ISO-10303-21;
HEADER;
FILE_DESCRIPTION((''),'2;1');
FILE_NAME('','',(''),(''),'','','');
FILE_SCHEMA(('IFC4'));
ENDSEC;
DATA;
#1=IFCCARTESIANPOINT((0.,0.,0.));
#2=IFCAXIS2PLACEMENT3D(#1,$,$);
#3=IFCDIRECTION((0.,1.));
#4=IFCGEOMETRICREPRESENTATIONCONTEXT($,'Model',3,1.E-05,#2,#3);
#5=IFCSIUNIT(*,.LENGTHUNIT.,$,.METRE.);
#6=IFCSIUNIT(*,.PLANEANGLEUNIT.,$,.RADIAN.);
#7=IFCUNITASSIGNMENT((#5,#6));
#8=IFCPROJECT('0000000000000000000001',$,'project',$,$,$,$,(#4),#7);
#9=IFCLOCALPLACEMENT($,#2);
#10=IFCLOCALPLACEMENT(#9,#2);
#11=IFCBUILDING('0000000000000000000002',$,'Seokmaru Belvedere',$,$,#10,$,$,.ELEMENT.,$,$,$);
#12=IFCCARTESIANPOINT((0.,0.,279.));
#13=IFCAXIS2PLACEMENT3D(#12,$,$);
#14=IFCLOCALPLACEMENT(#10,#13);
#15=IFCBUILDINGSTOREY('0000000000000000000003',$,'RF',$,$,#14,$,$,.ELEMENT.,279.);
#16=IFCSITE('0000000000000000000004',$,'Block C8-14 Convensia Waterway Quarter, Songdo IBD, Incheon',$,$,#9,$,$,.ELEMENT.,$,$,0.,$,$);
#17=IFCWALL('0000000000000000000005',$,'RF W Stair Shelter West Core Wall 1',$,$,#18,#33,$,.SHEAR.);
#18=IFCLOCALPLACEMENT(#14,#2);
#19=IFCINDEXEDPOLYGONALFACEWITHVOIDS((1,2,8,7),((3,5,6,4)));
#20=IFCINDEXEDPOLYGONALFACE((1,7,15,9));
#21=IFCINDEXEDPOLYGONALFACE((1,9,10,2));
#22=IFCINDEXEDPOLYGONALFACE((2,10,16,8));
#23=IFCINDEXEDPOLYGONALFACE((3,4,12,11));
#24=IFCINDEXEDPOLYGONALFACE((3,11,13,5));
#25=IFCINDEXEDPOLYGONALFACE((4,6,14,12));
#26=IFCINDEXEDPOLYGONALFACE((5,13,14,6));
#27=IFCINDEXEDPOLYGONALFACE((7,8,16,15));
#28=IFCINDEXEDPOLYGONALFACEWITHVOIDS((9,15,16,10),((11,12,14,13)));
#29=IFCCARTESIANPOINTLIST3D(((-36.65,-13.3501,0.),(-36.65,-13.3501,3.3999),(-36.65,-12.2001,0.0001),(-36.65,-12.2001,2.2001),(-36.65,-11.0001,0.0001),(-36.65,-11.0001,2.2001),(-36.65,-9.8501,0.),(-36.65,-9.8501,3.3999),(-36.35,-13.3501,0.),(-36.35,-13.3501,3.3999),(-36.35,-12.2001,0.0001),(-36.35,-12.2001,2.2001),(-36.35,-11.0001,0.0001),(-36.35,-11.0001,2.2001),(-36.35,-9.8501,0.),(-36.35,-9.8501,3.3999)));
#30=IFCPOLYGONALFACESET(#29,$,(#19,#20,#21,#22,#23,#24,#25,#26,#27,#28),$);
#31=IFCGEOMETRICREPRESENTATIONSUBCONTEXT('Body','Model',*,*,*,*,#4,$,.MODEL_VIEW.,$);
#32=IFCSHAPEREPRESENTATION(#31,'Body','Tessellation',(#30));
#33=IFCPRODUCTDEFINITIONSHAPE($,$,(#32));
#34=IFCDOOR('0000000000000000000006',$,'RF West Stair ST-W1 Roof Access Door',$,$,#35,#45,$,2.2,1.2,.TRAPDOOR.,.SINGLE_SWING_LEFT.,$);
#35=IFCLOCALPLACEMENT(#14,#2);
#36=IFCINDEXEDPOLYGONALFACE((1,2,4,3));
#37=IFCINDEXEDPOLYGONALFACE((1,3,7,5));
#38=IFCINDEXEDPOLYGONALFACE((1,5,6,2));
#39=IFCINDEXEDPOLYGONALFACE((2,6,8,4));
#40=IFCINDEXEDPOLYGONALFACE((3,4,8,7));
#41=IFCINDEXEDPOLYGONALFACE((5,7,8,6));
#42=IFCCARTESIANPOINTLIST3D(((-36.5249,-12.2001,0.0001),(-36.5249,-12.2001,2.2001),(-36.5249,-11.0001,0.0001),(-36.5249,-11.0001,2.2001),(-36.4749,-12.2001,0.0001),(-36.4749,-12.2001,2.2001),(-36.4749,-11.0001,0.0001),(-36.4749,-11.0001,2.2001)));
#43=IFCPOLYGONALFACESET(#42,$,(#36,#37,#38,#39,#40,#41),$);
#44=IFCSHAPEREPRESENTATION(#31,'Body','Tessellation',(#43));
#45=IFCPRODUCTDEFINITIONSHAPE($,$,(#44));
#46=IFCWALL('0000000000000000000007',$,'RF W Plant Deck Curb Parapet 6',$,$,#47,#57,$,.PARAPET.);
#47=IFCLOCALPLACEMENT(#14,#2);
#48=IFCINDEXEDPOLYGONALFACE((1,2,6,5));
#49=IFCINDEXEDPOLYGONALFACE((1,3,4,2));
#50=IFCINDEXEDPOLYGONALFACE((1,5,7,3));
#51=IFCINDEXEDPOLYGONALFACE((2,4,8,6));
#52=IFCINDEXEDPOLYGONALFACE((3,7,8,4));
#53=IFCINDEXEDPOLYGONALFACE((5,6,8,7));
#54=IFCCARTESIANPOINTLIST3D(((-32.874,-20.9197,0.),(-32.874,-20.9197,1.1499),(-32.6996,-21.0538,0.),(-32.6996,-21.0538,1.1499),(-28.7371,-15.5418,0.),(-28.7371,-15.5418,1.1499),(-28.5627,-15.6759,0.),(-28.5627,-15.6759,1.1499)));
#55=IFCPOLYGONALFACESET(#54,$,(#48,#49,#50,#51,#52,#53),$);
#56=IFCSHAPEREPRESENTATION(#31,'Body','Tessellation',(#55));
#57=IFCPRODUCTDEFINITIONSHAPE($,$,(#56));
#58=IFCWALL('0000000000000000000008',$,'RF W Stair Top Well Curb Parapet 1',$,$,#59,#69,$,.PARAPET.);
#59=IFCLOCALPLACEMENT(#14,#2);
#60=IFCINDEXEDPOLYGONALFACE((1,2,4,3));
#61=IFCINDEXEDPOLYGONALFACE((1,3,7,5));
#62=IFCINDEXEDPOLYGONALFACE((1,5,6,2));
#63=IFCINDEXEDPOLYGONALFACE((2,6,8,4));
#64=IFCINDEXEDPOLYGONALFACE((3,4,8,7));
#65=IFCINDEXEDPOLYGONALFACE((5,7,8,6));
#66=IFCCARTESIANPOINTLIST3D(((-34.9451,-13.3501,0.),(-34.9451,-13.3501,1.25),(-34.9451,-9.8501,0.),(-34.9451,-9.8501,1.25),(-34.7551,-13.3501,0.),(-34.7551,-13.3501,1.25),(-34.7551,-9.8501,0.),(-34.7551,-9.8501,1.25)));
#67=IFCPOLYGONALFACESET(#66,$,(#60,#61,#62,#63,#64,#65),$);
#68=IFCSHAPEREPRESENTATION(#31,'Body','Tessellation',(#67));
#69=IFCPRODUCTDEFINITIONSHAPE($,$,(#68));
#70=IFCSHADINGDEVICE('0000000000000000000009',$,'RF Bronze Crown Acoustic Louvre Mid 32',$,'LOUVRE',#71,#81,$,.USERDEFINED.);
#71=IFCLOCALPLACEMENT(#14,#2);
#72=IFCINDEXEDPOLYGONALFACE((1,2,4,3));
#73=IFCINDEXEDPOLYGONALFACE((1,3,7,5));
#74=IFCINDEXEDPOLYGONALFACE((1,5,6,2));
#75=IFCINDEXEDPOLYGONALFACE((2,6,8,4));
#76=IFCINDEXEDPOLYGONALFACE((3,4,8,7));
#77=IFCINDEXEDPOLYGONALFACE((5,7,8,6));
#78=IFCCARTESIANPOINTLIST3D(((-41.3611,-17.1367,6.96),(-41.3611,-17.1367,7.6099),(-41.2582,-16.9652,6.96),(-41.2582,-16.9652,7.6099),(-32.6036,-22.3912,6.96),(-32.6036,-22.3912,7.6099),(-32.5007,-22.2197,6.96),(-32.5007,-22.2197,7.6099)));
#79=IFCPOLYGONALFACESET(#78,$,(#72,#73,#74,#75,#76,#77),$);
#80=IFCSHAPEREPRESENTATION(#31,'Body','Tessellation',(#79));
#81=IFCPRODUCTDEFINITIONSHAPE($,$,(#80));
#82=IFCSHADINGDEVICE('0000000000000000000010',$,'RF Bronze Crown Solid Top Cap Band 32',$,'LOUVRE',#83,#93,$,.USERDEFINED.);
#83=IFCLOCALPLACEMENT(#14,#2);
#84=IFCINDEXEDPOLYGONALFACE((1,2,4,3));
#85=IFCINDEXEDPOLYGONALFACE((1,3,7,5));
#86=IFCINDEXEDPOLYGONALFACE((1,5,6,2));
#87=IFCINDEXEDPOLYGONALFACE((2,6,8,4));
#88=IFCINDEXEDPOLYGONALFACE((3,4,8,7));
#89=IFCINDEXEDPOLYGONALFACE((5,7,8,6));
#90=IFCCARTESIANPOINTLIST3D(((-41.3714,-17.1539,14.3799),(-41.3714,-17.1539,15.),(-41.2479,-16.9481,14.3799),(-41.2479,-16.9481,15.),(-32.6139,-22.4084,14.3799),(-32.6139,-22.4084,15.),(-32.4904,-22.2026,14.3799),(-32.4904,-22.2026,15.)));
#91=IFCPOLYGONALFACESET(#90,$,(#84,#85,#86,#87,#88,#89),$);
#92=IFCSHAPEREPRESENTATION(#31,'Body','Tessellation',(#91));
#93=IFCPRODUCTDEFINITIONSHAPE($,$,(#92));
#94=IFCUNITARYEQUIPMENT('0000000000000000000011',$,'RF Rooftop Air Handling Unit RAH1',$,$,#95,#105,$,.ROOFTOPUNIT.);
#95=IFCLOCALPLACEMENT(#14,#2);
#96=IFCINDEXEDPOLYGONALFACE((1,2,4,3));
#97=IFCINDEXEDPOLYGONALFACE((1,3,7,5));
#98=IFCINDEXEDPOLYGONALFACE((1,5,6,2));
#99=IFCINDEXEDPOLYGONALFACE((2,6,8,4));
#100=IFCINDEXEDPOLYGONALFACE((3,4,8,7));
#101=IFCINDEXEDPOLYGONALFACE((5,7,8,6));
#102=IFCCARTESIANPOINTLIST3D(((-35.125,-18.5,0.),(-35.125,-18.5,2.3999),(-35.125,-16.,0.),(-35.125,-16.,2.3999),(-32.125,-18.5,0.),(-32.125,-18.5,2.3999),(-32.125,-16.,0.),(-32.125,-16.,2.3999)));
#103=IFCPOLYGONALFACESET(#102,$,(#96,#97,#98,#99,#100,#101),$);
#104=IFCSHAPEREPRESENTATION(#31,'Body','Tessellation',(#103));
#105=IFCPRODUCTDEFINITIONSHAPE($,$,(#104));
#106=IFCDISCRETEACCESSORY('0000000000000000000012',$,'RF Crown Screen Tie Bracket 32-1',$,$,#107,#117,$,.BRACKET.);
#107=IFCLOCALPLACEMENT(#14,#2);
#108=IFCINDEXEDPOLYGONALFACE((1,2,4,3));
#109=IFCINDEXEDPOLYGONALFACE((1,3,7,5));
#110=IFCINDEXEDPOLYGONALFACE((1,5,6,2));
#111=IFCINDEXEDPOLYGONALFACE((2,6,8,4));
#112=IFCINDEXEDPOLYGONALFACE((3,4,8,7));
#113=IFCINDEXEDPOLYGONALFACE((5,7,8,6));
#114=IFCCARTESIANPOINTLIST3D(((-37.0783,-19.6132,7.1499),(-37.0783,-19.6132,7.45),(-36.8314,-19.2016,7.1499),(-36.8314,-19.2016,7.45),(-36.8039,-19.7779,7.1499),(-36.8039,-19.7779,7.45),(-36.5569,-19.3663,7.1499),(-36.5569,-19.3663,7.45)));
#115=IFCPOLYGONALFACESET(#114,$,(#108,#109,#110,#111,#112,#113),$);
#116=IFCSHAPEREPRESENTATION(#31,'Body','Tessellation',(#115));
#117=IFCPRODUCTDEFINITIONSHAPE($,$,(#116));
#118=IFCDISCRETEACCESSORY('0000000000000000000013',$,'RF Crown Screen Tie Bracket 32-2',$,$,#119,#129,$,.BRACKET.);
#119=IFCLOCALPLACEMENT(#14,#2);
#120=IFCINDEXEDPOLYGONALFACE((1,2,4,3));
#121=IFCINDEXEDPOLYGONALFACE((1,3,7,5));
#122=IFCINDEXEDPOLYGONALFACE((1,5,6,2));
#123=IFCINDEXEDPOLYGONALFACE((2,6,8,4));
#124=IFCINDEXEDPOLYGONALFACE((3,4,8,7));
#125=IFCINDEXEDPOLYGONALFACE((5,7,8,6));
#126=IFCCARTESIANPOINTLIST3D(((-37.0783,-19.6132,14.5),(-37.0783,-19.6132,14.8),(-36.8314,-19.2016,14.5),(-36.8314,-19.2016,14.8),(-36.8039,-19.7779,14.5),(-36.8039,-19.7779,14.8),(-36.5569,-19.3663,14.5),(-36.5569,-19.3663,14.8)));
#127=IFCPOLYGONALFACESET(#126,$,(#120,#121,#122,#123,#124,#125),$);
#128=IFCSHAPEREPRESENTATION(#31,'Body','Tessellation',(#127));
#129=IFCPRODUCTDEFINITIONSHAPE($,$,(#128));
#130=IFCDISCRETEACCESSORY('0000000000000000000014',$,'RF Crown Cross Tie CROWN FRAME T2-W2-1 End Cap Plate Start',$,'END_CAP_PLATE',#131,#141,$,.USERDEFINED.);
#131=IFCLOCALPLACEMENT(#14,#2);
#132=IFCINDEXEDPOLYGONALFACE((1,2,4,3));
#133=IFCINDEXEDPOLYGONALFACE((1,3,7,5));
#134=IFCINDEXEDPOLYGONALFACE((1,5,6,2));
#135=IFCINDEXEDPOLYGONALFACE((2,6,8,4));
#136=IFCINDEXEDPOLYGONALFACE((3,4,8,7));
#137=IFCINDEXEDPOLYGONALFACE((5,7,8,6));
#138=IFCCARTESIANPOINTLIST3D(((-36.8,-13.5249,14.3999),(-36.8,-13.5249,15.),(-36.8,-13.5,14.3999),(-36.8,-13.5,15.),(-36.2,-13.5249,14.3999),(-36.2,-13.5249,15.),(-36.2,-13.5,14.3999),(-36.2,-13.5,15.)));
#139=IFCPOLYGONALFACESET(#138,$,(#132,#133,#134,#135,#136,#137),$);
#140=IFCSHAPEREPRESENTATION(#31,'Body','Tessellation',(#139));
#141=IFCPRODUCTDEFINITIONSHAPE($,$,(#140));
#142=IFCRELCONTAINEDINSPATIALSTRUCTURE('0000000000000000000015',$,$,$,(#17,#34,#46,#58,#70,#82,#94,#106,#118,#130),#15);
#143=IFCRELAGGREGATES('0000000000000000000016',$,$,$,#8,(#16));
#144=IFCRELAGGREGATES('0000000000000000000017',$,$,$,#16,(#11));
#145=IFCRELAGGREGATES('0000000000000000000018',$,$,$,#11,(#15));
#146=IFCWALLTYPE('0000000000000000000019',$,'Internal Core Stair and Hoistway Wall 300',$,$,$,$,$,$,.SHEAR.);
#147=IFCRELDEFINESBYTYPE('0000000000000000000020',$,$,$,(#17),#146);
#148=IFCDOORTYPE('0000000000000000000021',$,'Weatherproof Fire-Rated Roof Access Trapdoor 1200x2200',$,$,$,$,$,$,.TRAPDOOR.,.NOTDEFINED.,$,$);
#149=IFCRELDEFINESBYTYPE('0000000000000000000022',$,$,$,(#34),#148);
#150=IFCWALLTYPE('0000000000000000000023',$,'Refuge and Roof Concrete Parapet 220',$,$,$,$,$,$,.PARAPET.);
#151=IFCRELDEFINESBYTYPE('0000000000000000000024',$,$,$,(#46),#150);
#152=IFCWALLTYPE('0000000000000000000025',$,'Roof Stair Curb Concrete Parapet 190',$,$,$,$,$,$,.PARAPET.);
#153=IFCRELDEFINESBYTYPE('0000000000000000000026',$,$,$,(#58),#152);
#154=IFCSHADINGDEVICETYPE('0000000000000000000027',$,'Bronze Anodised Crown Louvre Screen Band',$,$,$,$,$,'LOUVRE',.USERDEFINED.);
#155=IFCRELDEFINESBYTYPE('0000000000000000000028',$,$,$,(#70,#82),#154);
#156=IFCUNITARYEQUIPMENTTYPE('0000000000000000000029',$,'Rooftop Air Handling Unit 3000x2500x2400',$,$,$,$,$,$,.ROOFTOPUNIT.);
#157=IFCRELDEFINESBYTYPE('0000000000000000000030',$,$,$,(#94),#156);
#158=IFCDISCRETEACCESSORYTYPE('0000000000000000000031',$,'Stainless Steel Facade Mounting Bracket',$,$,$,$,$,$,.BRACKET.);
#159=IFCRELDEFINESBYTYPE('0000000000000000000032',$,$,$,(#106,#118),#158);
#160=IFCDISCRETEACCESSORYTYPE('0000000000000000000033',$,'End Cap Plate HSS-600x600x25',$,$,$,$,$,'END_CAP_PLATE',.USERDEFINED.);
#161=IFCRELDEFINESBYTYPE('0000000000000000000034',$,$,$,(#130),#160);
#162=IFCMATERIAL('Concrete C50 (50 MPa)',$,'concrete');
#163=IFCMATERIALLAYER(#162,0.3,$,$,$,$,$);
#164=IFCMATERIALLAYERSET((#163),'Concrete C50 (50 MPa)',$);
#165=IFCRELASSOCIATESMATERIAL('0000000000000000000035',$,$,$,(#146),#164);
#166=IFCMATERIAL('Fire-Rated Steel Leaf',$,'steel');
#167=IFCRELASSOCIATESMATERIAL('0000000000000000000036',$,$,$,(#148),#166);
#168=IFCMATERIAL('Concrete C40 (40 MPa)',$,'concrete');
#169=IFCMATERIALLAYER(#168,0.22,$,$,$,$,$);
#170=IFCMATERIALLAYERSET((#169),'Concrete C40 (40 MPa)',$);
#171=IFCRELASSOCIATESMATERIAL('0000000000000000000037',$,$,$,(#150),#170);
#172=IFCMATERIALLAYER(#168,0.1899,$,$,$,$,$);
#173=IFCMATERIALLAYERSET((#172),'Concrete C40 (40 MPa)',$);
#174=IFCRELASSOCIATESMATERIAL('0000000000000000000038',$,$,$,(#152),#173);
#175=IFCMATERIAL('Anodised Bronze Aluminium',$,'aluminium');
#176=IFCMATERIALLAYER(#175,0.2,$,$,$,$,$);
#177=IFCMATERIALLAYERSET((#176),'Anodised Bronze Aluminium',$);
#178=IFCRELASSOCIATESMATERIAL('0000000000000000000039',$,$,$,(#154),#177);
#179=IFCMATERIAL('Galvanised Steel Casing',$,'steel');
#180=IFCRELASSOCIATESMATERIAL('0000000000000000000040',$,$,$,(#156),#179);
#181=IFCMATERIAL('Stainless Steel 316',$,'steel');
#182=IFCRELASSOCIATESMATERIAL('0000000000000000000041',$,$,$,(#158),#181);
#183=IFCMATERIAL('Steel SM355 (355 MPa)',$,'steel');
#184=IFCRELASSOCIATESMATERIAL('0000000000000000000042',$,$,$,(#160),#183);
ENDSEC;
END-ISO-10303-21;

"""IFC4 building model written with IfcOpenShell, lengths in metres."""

from ifc_helpers import new_model, si_unit, direction, frame, frame_2d, origin, origin_2d, place, context, subcontext, project, spatial, rectangle, extrude, source, transform, mapped, material, layer, layer_set, type_object, type_shapes, element, fill, save


model = new_model("IFC4")

# Units and contexts
model_context = context("Model", 3, precision=1e-05, world=origin(), true_north=direction((0.0, 1.0)))
body_context = subcontext(model_context, "Body", "Model", "MODEL_VIEW")
ifc_project = project(units=[si_unit("LENGTHUNIT", "METRE"), si_unit("PLANEANGLEUNIT", "RADIAN")], contexts=[model_context])

# Site, building, storey
site_placement = place(None, origin())
site = spatial("IfcSite", under=ifc_project, at=site_placement, Name="Block C8-14 Convensia Waterway Quarter, Songdo IBD, Incheon", CompositionType="ELEMENT", RefElevation=0.0)
building_placement = place(site_placement, origin())
building = spatial("IfcBuilding", under=site, at=building_placement, Name="Seokmaru Belvedere", CompositionType="ELEMENT")
storey_placement = place(building_placement, frame((0.0, 0.0, 279.0)))
storey = spatial("IfcBuildingStorey", under=building, at=storey_placement, Name="RF", CompositionType="ELEMENT", Elevation=279.0)

# Shared definitions
ifc_material_1 = material(Name="Steel SM355 (355 MPa)", Category="steel")

# Shared definitions
ifc_material_2 = material(Name="Concrete C50 (50 MPa)", Category="concrete")
ifc_layer_1 = layer(ifc_material_2, 0.3)
ifc_layer_set_1 = layer_set([ifc_layer_1], Name="Concrete C50 (50 MPa)")
wall_type_1 = type_object("IfcWallType", Name="Internal Core Stair and Hoistway Wall 300", PredefinedType="SHEAR", material=ifc_layer_set_1)

# Wall, opening, door
wall_1_placement = place(storey_placement, frame((-36.5, -13.3501, 0.0), z_axis=(0.0, 0.0, 1.0), x_axis=(0.0, 1.0, 0.0)))
wall_1 = element("IfcWall", 1, at=wall_1_placement, inside=storey, type_object=wall_type_1, Name="RF W Stair Shelter West Core Wall 1", PredefinedType="SHEAR", context=body_context, shape_type="SweptSolid", body=[
    extrude(rectangle(XDim=3.5, YDim=0.3, at=frame_2d((1.75, 0.0))), origin(), (0.0, 0.0, 1.0), 3.3999),
])
opening_placement = place(wall_1_placement, frame((1.1499, 0.0, 0.0)))
opening = element("IfcOpeningElement", 2, at=opening_placement, cuts=wall_1, PredefinedType="OPENING", context=body_context, shape_type="SweptSolid", body=[
    extrude(rectangle(XDim=1.2, YDim=2.2, at=frame_2d((0.6001, 1.1001))), frame((0.0, 0.1602, 0.0), z_axis=(0.0, -1.0, 0.0), x_axis=(1.0, 0.0, 0.0)), (0.0, 0.0, 1.0), 0.3201),
])
ifc_material_3 = material(Name="Fire-Rated Steel Leaf", Category="steel")
door_type = type_object("IfcDoorType", Name="Weatherproof Fire-Rated Roof Access Trapdoor 1200x2200", OperationType="NOTDEFINED", PredefinedType="TRAPDOOR", material=ifc_material_3)
shared_shape_1 = source(origin(), body_context, "Body", "SweptSolid", [
    extrude(rectangle(XDim=1.2, YDim=2.2, at=frame_2d((0.6001, 1.1001))), frame((0.0, 0.0249, 0.0), z_axis=(0.0, -1.0, 0.0), x_axis=(1.0, 0.0, 0.0)), (0.0, 0.0, 1.0), 0.05),
])
type_shapes(door_type, [shared_shape_1])
door_placement = place(opening_placement, origin())
door = element("IfcDoor", 3, at=door_placement, inside=storey, type_object=door_type, Name="RF West Stair ST-W1 Roof Access Door", OperationType="SINGLE_SWING_LEFT", OverallHeight=2.2, OverallWidth=1.2, PredefinedType="TRAPDOOR", context=body_context, shape_type="MappedRepresentation", body=[
    mapped(shared_shape_1, transform((0.0, 0.0, 0.0), scale=1.0)),
])
fill(opening, door)

# Walls
ifc_material_4 = material(Name="Concrete C40 (40 MPa)", Category="concrete")
ifc_layer_2 = layer(ifc_material_4, 0.22)
ifc_layer_set_2 = layer_set([ifc_layer_2], Name="Concrete C40 (40 MPa)")
wall_type_2 = type_object("IfcWallType", Name="Refuge and Roof Concrete Parapet 220", PredefinedType="PARAPET", material=ifc_layer_set_2)
wall_2_placement = place(storey_placement, frame((-32.7869, -20.9868, 0.0), z_axis=(0.0, 0.0, 1.0), x_axis=(0.609719, 0.792617, 0.0)))
element("IfcWall", 4, at=wall_2_placement, inside=storey, type_object=wall_type_2, Name="RF W Plant Deck Curb Parapet 6", PredefinedType="PARAPET", context=body_context, shape_type="SweptSolid", body=[
    extrude(rectangle(XDim=6.7849, YDim=0.22, at=frame_2d((3.3926, 0.0))), origin(), (0.0, 0.0, 1.0), 1.1499),
])
ifc_layer_3 = layer(ifc_material_4, 0.1899)
ifc_layer_set_3 = layer_set([ifc_layer_3], Name="Concrete C40 (40 MPa)")
wall_type_3 = type_object("IfcWallType", Name="Roof Stair Curb Concrete Parapet 190", PredefinedType="PARAPET", material=ifc_layer_set_3)
wall_3_placement = place(storey_placement, frame((-34.8501, -13.3501, 0.0), z_axis=(0.0, 0.0, 1.0), x_axis=(0.0, 1.0, 0.0)))
element("IfcWall", 5, at=wall_3_placement, inside=storey, type_object=wall_type_3, Name="RF W Stair Top Well Curb Parapet 1", PredefinedType="PARAPET", context=body_context, shape_type="SweptSolid", body=[
    extrude(rectangle(XDim=3.5, YDim=0.1899, at=frame_2d((1.75, 0.0))), origin(), (0.0, 0.0, 1.0), 1.25),
])

# Shading devices
ifc_material_5 = material(Name="Anodised Bronze Aluminium", Category="aluminium")
ifc_layer_4 = layer(ifc_material_5, 0.2)
ifc_layer_set_4 = layer_set([ifc_layer_4], Name="Anodised Bronze Aluminium")
shading_device_type = type_object("IfcShadingDeviceType", Name="Bronze Anodised Crown Louvre Screen Band", ElementType="LOUVRE", PredefinedType="USERDEFINED", material=ifc_layer_set_4)
shared_shape_2 = source(origin(), body_context, "Body", "SweptSolid", [
    extrude(rectangle(XDim=10.2129, YDim=0.2, at=origin_2d()), origin(), (0.0, 0.0, 1.0), 0.6499),
])
shading_device_1_placement = place(storey_placement, frame((-36.9309, -19.6782, 6.96), z_axis=(0.0, 0.0, 1.0), x_axis=(0.857493, -0.514496, 0.0)))
element("IfcShadingDevice", 6, at=shading_device_1_placement, inside=storey, type_object=shading_device_type, Name="RF Bronze Crown Acoustic Louvre Mid 32", ObjectType="LOUVRE", PredefinedType="USERDEFINED", context=body_context, shape_type="MappedRepresentation", body=[
    mapped(shared_shape_2, transform((0.0, 0.0, 0.0), scale=1.0)),
])
shared_shape_3 = source(origin(), body_context, "Body", "SweptSolid", [
    extrude(rectangle(XDim=10.2129, YDim=0.24, at=origin_2d()), origin(), (0.0, 0.0, 1.0), 0.6201),
])
type_shapes(shading_device_type, [shared_shape_2, shared_shape_3])
shading_device_2_placement = place(storey_placement, frame((-36.9309, -19.6782, 14.3799), z_axis=(0.0, 0.0, 1.0), x_axis=(0.857493, -0.514496, 0.0)))
element("IfcShadingDevice", 7, at=shading_device_2_placement, inside=storey, type_object=shading_device_type, Name="RF Bronze Crown Solid Top Cap Band 32", ObjectType="LOUVRE", PredefinedType="USERDEFINED", context=body_context, shape_type="MappedRepresentation", body=[
    mapped(shared_shape_3, transform((0.0, 0.0, 0.0), scale=1.0)),
])

# Unitary equipment
ifc_material_6 = material(Name="Galvanised Steel Casing", Category="steel")
unitary_equipment_type = type_object("IfcUnitaryEquipmentType", Name="Rooftop Air Handling Unit 3000x2500x2400", PredefinedType="ROOFTOPUNIT", material=ifc_material_6)
shared_shape_4 = source(origin(), body_context, "Body", "SweptSolid", [
    extrude(rectangle(XDim=3.0, YDim=2.5, at=origin_2d()), origin(), (0.0, 0.0, 1.0), 2.3999),
])
type_shapes(unitary_equipment_type, [shared_shape_4])
unitary_equipment_placement = place(storey_placement, frame((-33.625, -17.25, 0.0), z_axis=(0.0, 0.0, 1.0), x_axis=(1.0, 0.0, 0.0)))
element("IfcUnitaryEquipment", 8, at=unitary_equipment_placement, inside=storey, type_object=unitary_equipment_type, Name="RF Rooftop Air Handling Unit RAH1", PredefinedType="ROOFTOPUNIT", context=body_context, shape_type="MappedRepresentation", body=[
    mapped(shared_shape_4, transform((0.0, 0.0, 0.0), scale=1.0)),
])

# Discrete accessories
ifc_material_7 = material(Name="Stainless Steel 316", Category="steel")
discrete_accessory_type_1 = type_object("IfcDiscreteAccessoryType", Name="Stainless Steel Facade Mounting Bracket", PredefinedType="BRACKET", material=ifc_material_7)
shared_shape_5 = source(origin(), body_context, "Body", "SweptSolid", [
    extrude(rectangle(XDim=0.3201, YDim=0.48, at=origin_2d()), origin(), (0.0, 0.0, 1.0), 0.3),
])
type_shapes(discrete_accessory_type_1, [shared_shape_5])
for number, where, z_axis, x_axis, name in (
    (9, (-36.8176, -19.4897, 7.1499), (0.0, 0.0, 1.0), (0.857493, -0.514496, 0.0), "RF Crown Screen Tie Bracket 32-1"),
    (10, (-36.8176, -19.4897, 14.5), (0.0, 0.0, 1.0), (0.857493, -0.514496, 0.0), "RF Crown Screen Tie Bracket 32-2"),
):
    element("IfcDiscreteAccessory", number, at=place(storey_placement, frame(where, z_axis=z_axis, x_axis=x_axis)), inside=storey, type_object=discrete_accessory_type_1, Name=name, PredefinedType="BRACKET", context=body_context, shape_type="MappedRepresentation", body=[
        mapped(shared_shape_5, transform((0.0, 0.0, 0.0), scale=1.0)),
    ])
discrete_accessory_type_2 = type_object("IfcDiscreteAccessoryType", Name="End Cap Plate HSS-600x600x25", ElementType="END_CAP_PLATE", PredefinedType="USERDEFINED", material=ifc_material_1)
shared_shape_6 = source(origin(), body_context, "Body", "SweptSolid", [
    extrude(rectangle(XDim=0.0249, YDim=0.6001, at=origin_2d()), origin(), (0.0, 0.0, 1.0), 0.6001),
])
type_shapes(discrete_accessory_type_2, [shared_shape_6])
discrete_accessory_placement = place(storey_placement, frame((-36.5, -13.5125, 14.3999), z_axis=(0.0, 0.0, 1.0), x_axis=(0.0, -1.0, 0.0)))
element("IfcDiscreteAccessory", 11, at=discrete_accessory_placement, inside=storey, type_object=discrete_accessory_type_2, Name="RF Crown Cross Tie CROWN FRAME T2-W2-1 End Cap Plate Start", ObjectType="END_CAP_PLATE", PredefinedType="USERDEFINED", context=body_context, shape_type="MappedRepresentation", body=[
    mapped(shared_shape_6, transform((0.0, 0.0, 0.0), scale=1.0)),
])

save(model, "model.ifc")
